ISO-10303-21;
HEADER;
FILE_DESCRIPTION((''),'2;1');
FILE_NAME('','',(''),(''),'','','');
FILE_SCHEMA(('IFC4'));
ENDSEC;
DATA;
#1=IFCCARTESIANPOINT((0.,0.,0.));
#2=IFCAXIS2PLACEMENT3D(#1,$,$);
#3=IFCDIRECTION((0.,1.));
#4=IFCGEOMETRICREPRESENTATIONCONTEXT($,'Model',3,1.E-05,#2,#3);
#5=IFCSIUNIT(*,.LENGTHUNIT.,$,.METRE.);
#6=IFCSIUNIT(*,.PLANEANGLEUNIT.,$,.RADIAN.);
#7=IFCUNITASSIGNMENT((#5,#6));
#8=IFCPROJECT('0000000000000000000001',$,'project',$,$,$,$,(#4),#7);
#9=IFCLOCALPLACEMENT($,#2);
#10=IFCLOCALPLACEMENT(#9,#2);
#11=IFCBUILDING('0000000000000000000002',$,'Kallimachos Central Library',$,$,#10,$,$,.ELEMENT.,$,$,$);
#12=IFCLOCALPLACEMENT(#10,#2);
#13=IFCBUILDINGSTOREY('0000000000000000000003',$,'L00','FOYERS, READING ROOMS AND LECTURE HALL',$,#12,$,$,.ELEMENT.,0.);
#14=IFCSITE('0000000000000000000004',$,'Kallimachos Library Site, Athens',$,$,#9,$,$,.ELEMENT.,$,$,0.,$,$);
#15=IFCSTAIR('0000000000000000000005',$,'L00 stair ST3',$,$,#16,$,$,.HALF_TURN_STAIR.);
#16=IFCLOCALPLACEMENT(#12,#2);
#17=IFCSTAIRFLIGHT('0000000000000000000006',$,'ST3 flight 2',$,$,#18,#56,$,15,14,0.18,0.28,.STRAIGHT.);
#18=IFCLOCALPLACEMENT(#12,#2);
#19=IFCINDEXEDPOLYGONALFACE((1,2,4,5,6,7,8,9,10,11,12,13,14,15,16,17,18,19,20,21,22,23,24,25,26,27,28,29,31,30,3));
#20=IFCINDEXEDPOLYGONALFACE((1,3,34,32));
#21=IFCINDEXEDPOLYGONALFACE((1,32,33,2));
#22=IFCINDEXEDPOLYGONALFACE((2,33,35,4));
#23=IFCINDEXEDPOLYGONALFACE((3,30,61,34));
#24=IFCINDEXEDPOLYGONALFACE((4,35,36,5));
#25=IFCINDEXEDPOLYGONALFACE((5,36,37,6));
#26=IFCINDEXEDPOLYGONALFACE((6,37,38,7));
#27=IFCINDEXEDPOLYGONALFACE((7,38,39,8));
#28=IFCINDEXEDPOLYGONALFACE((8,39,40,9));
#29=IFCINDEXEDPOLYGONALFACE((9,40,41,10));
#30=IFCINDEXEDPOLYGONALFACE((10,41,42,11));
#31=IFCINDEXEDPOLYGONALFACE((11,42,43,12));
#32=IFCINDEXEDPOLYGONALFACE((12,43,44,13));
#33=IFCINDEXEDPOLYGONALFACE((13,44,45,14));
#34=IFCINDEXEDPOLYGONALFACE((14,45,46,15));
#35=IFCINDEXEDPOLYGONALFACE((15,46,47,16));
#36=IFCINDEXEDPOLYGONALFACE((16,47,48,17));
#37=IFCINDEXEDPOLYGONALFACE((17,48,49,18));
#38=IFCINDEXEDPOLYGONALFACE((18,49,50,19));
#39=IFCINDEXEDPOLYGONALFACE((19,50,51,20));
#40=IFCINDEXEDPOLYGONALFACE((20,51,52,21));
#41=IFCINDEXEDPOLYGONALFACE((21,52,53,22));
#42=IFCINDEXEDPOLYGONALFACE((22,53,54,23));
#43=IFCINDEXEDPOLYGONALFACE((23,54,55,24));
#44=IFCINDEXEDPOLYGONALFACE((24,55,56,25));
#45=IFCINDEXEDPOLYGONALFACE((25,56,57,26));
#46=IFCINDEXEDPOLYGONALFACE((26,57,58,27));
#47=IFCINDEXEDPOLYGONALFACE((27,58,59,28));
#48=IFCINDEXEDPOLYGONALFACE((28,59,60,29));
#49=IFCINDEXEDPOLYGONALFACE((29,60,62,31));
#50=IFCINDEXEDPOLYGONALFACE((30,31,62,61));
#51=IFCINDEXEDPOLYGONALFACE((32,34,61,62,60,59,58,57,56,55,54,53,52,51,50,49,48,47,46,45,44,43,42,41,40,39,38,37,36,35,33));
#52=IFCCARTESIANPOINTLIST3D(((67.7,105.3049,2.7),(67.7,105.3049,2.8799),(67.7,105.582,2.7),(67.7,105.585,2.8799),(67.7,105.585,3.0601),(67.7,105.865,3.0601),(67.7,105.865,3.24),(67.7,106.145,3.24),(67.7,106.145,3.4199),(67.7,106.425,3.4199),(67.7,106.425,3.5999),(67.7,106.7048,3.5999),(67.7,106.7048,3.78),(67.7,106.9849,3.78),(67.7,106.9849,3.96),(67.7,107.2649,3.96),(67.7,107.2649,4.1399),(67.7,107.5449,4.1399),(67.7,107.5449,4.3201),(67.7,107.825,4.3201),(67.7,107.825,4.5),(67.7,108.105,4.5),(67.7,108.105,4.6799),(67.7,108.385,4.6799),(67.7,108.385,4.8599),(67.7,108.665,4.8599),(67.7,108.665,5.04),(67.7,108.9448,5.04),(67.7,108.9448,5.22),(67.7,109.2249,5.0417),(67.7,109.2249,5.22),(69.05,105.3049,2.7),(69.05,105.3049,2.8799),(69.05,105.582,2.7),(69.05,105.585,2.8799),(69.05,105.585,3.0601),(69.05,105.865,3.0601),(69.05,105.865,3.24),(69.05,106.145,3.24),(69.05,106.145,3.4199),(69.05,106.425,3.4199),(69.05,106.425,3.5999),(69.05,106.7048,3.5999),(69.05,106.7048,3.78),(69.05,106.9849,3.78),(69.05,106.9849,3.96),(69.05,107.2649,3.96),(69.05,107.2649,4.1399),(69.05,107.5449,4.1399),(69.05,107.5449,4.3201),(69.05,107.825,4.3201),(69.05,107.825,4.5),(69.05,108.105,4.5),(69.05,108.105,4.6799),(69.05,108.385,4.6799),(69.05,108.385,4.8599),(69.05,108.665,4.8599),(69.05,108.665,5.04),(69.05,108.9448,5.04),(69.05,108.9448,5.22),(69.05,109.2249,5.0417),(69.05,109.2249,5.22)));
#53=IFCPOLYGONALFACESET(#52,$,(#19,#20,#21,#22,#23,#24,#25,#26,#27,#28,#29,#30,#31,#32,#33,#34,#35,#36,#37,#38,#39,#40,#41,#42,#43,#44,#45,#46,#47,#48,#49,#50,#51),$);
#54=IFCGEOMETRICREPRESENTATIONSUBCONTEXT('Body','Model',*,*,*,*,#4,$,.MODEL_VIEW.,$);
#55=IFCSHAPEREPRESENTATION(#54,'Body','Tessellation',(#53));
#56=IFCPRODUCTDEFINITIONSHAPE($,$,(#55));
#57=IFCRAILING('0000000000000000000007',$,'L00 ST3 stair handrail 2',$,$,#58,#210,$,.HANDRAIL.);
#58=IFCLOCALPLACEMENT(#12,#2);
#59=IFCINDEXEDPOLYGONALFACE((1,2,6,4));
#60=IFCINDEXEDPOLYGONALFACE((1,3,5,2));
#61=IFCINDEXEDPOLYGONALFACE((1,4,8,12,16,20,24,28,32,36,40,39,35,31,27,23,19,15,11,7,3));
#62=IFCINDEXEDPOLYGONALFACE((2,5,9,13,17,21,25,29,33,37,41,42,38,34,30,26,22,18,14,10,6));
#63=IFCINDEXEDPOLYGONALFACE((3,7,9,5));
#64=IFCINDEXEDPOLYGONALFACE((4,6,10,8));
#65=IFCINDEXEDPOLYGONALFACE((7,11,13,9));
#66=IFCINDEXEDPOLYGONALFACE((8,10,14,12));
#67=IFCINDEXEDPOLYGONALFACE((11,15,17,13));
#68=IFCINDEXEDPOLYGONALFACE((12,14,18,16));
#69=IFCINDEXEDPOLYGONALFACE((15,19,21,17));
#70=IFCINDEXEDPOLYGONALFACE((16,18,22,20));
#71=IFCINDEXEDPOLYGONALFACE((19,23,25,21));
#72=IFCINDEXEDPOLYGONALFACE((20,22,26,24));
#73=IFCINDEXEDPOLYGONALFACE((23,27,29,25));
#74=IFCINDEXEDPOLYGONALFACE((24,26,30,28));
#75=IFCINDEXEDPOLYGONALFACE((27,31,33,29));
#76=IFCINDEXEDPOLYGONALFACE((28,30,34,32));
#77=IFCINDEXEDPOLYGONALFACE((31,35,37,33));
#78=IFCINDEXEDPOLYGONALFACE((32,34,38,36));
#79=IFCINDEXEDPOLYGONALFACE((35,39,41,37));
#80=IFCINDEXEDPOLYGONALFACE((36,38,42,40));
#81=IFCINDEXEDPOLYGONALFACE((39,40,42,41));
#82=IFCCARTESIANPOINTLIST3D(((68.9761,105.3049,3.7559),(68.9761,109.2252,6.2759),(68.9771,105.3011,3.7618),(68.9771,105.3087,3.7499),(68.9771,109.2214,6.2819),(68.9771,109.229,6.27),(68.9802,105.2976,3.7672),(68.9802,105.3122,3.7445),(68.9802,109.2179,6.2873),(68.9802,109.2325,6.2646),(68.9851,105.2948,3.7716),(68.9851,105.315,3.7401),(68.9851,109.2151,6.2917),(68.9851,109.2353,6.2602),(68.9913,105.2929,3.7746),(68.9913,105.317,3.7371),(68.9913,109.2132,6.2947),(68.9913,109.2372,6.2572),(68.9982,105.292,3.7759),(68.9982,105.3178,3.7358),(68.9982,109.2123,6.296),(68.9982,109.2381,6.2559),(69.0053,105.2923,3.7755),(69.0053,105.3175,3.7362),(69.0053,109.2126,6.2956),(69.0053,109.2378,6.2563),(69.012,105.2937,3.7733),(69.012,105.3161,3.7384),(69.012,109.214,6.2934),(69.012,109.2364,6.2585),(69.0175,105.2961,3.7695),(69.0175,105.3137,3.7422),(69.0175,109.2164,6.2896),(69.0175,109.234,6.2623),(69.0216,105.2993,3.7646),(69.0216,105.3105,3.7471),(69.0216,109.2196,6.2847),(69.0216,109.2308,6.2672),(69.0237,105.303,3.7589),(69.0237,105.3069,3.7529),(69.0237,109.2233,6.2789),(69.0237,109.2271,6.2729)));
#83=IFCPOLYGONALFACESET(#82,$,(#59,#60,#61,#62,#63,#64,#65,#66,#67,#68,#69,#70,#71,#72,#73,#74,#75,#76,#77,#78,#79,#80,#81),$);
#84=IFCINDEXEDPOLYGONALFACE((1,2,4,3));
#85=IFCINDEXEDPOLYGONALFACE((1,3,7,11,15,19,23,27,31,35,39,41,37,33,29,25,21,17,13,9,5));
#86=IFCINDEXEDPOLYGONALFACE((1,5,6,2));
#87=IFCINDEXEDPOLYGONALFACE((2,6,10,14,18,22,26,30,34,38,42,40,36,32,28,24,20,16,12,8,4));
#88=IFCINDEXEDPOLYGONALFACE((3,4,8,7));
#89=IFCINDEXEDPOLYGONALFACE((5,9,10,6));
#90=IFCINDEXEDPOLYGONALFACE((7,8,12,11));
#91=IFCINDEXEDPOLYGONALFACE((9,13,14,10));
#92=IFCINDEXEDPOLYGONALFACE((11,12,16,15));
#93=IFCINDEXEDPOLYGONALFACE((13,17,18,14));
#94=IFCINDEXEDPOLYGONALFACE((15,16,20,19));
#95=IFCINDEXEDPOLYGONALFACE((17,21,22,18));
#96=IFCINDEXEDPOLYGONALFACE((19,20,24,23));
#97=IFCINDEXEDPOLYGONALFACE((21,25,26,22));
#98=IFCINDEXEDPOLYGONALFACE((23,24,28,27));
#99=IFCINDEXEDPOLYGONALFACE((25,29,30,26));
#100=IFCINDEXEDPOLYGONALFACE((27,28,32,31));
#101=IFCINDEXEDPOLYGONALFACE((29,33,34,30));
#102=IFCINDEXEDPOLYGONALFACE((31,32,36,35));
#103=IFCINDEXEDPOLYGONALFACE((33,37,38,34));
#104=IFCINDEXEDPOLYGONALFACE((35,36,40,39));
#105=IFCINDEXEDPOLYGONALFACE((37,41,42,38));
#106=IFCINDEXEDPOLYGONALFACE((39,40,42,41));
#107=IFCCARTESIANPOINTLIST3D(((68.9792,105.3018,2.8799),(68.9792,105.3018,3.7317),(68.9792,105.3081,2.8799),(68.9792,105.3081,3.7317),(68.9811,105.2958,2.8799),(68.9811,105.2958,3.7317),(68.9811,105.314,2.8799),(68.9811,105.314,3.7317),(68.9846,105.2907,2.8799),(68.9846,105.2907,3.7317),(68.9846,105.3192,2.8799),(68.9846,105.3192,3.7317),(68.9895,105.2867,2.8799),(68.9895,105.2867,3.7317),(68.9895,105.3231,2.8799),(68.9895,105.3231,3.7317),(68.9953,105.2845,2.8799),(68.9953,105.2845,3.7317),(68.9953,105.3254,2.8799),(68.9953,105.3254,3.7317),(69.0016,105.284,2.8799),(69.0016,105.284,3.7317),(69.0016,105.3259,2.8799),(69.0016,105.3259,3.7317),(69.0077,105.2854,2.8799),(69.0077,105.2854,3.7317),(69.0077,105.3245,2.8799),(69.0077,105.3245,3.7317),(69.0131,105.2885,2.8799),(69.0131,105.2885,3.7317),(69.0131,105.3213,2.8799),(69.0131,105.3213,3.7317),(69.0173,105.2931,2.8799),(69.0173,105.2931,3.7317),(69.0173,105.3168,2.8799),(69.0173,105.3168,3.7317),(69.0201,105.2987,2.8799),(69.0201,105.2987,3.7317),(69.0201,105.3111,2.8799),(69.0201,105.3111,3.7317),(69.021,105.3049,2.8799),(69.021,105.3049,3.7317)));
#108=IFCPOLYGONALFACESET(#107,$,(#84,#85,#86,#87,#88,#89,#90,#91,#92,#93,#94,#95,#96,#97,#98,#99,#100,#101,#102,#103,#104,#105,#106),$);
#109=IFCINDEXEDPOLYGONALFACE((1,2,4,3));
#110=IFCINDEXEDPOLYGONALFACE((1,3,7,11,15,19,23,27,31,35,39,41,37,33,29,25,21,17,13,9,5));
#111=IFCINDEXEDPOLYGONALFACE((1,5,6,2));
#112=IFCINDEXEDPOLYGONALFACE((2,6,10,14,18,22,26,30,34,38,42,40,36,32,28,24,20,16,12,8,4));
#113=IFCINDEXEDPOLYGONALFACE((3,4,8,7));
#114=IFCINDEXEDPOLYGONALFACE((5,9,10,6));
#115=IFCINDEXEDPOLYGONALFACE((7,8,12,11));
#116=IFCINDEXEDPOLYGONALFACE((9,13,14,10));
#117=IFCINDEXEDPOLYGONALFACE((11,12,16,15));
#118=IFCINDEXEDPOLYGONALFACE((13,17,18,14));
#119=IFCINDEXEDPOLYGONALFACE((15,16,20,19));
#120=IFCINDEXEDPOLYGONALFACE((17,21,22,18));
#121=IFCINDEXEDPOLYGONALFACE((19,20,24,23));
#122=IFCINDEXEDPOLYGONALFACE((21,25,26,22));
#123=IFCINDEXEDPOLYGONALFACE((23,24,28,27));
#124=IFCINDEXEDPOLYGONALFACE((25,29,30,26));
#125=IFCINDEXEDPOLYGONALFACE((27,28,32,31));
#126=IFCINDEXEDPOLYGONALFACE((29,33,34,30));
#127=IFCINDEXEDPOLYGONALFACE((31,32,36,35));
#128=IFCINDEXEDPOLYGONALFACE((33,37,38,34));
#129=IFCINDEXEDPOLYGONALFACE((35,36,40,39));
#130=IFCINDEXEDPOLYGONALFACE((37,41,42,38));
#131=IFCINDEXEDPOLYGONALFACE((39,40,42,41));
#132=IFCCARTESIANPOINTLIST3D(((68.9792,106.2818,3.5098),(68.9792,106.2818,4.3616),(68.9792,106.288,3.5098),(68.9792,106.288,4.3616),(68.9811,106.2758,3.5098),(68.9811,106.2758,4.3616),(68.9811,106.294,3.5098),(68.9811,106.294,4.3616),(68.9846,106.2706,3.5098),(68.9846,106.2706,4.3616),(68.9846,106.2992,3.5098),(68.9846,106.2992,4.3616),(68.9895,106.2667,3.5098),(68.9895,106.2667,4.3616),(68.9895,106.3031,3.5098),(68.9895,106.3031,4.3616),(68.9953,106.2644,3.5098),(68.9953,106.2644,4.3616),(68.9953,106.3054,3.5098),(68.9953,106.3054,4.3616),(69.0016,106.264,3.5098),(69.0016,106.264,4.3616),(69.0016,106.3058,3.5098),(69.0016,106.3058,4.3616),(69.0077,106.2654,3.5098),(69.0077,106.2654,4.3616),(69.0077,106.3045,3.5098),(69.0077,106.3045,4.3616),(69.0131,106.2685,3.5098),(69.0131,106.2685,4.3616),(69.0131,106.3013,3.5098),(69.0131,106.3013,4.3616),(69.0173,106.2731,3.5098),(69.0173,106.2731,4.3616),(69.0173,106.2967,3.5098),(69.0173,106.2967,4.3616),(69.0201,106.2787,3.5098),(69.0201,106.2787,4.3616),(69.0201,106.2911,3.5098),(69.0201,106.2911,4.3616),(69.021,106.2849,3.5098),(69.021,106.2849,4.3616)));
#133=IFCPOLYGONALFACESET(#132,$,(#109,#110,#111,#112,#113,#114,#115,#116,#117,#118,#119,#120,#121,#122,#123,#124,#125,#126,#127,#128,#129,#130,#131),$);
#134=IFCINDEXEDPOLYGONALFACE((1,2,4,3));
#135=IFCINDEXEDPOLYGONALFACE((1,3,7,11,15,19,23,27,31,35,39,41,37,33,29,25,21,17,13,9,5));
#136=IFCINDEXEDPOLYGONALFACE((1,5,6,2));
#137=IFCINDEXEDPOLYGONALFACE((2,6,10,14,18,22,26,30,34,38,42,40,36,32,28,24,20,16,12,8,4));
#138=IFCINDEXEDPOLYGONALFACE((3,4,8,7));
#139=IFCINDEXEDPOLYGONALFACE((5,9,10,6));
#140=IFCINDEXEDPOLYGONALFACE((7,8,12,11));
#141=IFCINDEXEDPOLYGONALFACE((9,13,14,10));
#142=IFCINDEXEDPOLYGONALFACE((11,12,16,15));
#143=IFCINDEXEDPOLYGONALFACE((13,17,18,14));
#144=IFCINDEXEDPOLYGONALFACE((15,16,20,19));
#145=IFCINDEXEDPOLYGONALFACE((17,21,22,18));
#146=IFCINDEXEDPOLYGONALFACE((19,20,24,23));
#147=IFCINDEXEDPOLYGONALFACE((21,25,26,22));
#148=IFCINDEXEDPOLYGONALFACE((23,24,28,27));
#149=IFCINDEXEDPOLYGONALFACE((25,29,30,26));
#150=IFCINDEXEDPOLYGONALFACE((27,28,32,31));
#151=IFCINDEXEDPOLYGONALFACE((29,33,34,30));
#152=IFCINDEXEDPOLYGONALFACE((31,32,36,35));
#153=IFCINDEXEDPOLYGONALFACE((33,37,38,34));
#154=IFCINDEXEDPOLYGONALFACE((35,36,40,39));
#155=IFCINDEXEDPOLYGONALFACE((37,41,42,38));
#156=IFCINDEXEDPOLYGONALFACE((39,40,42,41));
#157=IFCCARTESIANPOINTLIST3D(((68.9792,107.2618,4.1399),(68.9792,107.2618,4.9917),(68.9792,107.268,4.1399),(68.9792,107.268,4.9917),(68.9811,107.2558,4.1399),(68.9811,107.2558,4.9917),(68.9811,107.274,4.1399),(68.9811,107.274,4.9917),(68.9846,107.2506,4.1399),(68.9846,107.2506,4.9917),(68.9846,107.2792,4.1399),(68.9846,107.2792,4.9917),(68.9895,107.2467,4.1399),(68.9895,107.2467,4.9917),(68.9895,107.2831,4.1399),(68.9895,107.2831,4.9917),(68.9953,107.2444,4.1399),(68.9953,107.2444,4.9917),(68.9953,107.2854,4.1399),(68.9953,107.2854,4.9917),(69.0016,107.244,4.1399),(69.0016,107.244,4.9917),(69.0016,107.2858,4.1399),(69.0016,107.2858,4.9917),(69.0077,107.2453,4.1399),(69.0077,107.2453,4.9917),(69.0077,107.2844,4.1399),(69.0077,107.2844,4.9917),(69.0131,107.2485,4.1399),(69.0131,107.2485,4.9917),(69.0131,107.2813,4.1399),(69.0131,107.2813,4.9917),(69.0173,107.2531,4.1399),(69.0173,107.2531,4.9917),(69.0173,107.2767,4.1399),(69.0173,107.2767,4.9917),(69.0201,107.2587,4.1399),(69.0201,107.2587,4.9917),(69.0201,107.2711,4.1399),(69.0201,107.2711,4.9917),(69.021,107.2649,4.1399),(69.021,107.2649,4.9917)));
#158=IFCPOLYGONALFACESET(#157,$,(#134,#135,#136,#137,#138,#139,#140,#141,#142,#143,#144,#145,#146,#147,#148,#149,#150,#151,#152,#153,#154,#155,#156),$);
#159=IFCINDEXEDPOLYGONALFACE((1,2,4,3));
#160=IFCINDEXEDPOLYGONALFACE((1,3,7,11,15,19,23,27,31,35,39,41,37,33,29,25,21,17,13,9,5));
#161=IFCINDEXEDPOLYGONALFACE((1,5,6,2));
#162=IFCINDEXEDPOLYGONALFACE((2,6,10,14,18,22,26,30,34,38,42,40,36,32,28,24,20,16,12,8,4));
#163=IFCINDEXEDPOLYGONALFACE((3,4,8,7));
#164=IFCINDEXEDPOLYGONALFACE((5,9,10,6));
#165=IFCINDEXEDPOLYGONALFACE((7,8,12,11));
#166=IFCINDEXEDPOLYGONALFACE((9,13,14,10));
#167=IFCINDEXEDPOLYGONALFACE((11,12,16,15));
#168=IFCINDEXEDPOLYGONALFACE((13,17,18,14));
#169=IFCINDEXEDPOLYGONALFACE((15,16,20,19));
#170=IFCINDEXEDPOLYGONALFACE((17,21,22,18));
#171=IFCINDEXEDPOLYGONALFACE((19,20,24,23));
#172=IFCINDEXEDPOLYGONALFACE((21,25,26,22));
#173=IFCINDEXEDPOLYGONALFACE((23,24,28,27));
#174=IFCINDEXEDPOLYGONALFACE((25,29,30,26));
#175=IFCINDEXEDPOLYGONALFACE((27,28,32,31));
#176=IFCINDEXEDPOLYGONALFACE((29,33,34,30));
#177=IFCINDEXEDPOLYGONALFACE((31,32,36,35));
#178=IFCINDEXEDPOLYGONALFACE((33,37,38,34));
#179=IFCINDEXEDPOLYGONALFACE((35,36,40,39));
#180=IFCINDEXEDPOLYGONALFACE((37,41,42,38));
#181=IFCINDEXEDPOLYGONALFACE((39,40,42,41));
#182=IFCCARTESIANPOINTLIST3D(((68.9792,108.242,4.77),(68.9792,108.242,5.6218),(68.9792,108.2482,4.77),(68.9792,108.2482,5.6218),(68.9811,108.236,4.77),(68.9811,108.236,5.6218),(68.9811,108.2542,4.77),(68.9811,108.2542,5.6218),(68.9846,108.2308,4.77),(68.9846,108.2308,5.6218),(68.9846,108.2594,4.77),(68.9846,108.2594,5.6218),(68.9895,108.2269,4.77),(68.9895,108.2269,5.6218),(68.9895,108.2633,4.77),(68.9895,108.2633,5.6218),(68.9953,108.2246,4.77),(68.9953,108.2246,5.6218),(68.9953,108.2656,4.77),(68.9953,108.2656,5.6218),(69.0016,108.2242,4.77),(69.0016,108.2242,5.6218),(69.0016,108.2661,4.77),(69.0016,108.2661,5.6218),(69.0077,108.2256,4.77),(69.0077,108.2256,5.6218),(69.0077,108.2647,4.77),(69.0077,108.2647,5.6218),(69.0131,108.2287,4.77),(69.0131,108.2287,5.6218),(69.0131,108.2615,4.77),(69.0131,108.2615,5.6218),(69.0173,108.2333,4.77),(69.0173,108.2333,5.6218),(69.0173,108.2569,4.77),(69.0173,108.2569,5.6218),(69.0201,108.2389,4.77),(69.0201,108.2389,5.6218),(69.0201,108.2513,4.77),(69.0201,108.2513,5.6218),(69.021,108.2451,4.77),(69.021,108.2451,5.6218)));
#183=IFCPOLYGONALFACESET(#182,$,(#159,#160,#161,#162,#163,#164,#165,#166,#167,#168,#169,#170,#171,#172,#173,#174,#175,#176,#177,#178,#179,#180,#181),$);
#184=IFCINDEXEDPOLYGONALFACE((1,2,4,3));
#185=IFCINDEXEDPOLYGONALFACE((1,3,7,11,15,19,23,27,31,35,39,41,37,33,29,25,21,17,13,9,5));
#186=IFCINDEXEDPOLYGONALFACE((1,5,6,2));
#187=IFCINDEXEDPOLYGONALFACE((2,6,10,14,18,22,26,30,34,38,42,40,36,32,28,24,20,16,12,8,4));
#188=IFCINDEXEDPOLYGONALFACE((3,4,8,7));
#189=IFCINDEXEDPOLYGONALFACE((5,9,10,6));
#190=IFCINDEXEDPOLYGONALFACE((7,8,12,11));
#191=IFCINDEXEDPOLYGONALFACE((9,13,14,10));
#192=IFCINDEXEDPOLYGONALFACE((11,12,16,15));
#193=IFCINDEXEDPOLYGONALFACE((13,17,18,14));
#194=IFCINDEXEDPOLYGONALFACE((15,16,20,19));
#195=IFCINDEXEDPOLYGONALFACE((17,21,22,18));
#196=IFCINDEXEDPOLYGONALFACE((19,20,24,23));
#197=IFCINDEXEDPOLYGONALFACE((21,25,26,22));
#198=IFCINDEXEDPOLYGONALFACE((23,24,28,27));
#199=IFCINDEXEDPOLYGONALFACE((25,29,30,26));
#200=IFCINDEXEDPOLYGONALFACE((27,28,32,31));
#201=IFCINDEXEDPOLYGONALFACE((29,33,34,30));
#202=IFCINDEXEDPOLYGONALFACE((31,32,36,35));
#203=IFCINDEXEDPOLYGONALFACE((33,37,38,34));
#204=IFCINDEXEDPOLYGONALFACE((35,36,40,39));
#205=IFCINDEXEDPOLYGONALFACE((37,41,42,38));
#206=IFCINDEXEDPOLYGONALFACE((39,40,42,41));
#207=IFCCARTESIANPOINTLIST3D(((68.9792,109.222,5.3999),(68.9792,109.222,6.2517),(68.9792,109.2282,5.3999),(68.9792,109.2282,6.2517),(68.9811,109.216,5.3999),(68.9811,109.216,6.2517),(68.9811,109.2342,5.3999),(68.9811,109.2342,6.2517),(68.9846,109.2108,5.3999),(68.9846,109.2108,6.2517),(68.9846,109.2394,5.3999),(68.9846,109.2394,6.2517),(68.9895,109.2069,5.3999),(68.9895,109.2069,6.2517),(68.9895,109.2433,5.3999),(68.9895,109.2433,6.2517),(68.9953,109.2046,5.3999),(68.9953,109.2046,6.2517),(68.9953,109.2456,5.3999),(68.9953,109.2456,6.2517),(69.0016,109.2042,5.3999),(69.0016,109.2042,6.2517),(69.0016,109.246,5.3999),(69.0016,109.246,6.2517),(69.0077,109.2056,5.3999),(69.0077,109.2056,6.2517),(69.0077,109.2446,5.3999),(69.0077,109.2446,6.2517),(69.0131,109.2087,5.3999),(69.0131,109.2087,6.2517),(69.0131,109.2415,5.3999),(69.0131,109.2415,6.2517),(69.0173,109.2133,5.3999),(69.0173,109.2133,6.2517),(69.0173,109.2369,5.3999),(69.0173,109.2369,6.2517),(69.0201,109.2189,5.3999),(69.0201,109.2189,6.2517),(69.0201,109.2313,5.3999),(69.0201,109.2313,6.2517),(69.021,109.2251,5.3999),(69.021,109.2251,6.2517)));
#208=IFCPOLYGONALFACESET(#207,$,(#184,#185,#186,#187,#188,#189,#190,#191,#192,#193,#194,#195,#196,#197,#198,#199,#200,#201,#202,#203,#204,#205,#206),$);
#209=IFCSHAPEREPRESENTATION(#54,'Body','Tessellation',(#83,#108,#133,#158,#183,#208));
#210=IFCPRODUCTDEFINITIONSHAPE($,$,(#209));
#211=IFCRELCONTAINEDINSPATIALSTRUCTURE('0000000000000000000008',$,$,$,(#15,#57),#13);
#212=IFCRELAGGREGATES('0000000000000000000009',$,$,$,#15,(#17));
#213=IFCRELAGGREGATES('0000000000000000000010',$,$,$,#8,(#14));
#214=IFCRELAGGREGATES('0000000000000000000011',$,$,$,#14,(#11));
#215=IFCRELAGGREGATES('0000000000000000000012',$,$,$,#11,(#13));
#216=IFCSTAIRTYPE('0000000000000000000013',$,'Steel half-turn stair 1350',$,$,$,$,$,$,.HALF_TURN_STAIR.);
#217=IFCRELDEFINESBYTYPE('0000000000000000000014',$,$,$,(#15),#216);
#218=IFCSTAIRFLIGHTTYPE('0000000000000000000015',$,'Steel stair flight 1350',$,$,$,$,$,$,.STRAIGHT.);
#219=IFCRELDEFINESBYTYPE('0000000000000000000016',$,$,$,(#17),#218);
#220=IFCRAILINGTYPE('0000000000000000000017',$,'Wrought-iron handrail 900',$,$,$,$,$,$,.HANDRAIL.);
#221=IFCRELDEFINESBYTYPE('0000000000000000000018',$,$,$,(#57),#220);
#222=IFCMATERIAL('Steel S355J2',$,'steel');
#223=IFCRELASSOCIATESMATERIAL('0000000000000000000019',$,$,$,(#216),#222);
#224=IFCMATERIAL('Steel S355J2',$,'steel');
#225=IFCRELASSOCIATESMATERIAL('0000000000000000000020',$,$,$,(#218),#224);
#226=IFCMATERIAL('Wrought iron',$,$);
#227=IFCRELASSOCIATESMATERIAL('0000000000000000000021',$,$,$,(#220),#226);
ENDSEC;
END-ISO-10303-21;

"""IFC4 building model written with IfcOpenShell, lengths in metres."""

from ifc_helpers import new_model, si_unit, direction, frame, origin, origin_2d, place, context, subcontext, project, spatial, polyline, circle, outline, extrude, material, type_object, element, aggregate, save


model = new_model("IFC4")

# Units and contexts
model_context = context("Model", 3, precision=1e-05, world=origin(), true_north=direction((0.0, 1.0)))
body_context = subcontext(model_context, "Body", "Model", "MODEL_VIEW")
ifc_project = project(units=[si_unit("LENGTHUNIT", "METRE"), si_unit("PLANEANGLEUNIT", "RADIAN")], contexts=[model_context])

# Site, building, storey
site_placement = place(None, origin())
site = spatial("IfcSite", under=ifc_project, at=site_placement, Name="Kallimachos Library Site, Athens", CompositionType="ELEMENT", RefElevation=0.0)
building_placement = place(site_placement, origin())
building = spatial("IfcBuilding", under=site, at=building_placement, Name="Kallimachos Central Library", CompositionType="ELEMENT")
storey_placement = place(building_placement, origin())
storey = spatial("IfcBuildingStorey", under=building, at=storey_placement, Name="L00", Description="FOYERS, READING ROOMS AND LECTURE HALL", CompositionType="ELEMENT", Elevation=0.0)

# Stair, stair flight
ifc_material_1 = material(Name="Steel S355J2", Category="steel")
stair_type = type_object("IfcStairType", Name="Steel half-turn stair 1350", PredefinedType="HALF_TURN_STAIR", material=ifc_material_1)
stair_placement = place(storey_placement, origin())
stair = element("IfcStair", 1, at=stair_placement, inside=storey, type_object=stair_type, Name="L00 stair ST3", PredefinedType="HALF_TURN_STAIR")
ifc_material_2 = material(Name="Steel S355J2", Category="steel")
stair_flight_type = type_object("IfcStairFlightType", Name="Steel stair flight 1350", PredefinedType="STRAIGHT", material=ifc_material_2)
stair_flight_placement = place(storey_placement, frame((68.375, 105.3049, 2.7), z_axis=(0.0, 0.0, 1.0), x_axis=(0.0, 1.0, 0.0)))
stair_flight = element("IfcStairFlight", 2, at=stair_flight_placement, type_object=stair_flight_type, Name="ST3 flight 2", NumberOfRisers=15, NumberOfTreads=14, PredefinedType="STRAIGHT", RiserHeight=0.18, TreadLength=0.28, context=body_context, shape_type="SweptSolid", body=[
    extrude(outline(polyline([(0.0, 0.0), (0.0, 0.1799), (0.28, 0.1799), (0.28, 0.3601), (0.5601, 0.3601), (0.5601, 0.54), (0.8401, 0.54), (0.8401, 0.72), (1.1201, 0.72), (1.1201, 0.8999), (1.3999, 0.8999), (1.3999, 1.0801), (1.6799, 1.0801), (1.6799, 1.26), (1.96, 1.26), (1.96, 1.4399), (2.24, 1.4399), (2.24, 1.6201), (2.52, 1.6201), (2.52, 1.8), (2.8, 1.8), (2.8, 1.98), (3.0801, 1.98), (3.0801, 2.1599), (3.3601, 2.1599), (3.3601, 2.3401), (3.6399, 2.3401), (3.6399, 2.52), (3.9199, 2.52), (3.9199, 2.7), (3.9199, 2.3418), (0.2771, 0.0), (0.0, 0.0)])), frame((0.0, 0.675, 0.0), z_axis=(0.0, -1.0, 0.0), x_axis=(1.0, 0.0, 0.0)), (0.0, 0.0, 1.0), 1.3501),
])
aggregate(stair, [stair_flight])

# Railing
ifc_material_3 = material(Name="Wrought iron")
railing_type_1 = type_object("IfcRailingType", Name="Wrought-iron handrail 900", PredefinedType="HANDRAIL", material=ifc_material_3)
railing_1_placement = place(storey_placement, frame((69.0, 105.3049, 2.8799)))
element("IfcRailing", 3, at=railing_1_placement, inside=storey, type_object=railing_type_1, Name="L00 ST3 stair handrail 2", PredefinedType="HANDRAIL", context=body_context, shape_type="SweptSolid", body=[
    extrude(circle(Radius=0.0239, at=origin_2d()), frame((0.0, 0.0, 0.876), z_axis=(0.0, 0.841187, 0.540744), x_axis=(-1.0, 0.0, 0.0)), (0.0, 0.0, 1.0), 4.6604),
    extrude(circle(Radius=0.021, at=origin_2d()), origin(), (0.0, 0.0, 1.0), 0.8518),
    extrude(circle(Radius=0.021, at=origin_2d()), frame((0.0, 0.98, 0.6299)), (0.0, 0.0, 1.0), 0.8518),
    extrude(circle(Radius=0.021, at=origin_2d()), frame((0.0, 1.96, 1.26)), (0.0, 0.0, 1.0), 0.8518),
    extrude(circle(Radius=0.021, at=origin_2d()), frame((0.0, 2.9402, 1.8901)), (0.0, 0.0, 1.0), 0.8518),
    extrude(circle(Radius=0.021, at=origin_2d()), frame((0.0, 3.9202, 2.52)), (0.0, 0.0, 1.0), 0.8518),
])

save(model, "model.ifc")
